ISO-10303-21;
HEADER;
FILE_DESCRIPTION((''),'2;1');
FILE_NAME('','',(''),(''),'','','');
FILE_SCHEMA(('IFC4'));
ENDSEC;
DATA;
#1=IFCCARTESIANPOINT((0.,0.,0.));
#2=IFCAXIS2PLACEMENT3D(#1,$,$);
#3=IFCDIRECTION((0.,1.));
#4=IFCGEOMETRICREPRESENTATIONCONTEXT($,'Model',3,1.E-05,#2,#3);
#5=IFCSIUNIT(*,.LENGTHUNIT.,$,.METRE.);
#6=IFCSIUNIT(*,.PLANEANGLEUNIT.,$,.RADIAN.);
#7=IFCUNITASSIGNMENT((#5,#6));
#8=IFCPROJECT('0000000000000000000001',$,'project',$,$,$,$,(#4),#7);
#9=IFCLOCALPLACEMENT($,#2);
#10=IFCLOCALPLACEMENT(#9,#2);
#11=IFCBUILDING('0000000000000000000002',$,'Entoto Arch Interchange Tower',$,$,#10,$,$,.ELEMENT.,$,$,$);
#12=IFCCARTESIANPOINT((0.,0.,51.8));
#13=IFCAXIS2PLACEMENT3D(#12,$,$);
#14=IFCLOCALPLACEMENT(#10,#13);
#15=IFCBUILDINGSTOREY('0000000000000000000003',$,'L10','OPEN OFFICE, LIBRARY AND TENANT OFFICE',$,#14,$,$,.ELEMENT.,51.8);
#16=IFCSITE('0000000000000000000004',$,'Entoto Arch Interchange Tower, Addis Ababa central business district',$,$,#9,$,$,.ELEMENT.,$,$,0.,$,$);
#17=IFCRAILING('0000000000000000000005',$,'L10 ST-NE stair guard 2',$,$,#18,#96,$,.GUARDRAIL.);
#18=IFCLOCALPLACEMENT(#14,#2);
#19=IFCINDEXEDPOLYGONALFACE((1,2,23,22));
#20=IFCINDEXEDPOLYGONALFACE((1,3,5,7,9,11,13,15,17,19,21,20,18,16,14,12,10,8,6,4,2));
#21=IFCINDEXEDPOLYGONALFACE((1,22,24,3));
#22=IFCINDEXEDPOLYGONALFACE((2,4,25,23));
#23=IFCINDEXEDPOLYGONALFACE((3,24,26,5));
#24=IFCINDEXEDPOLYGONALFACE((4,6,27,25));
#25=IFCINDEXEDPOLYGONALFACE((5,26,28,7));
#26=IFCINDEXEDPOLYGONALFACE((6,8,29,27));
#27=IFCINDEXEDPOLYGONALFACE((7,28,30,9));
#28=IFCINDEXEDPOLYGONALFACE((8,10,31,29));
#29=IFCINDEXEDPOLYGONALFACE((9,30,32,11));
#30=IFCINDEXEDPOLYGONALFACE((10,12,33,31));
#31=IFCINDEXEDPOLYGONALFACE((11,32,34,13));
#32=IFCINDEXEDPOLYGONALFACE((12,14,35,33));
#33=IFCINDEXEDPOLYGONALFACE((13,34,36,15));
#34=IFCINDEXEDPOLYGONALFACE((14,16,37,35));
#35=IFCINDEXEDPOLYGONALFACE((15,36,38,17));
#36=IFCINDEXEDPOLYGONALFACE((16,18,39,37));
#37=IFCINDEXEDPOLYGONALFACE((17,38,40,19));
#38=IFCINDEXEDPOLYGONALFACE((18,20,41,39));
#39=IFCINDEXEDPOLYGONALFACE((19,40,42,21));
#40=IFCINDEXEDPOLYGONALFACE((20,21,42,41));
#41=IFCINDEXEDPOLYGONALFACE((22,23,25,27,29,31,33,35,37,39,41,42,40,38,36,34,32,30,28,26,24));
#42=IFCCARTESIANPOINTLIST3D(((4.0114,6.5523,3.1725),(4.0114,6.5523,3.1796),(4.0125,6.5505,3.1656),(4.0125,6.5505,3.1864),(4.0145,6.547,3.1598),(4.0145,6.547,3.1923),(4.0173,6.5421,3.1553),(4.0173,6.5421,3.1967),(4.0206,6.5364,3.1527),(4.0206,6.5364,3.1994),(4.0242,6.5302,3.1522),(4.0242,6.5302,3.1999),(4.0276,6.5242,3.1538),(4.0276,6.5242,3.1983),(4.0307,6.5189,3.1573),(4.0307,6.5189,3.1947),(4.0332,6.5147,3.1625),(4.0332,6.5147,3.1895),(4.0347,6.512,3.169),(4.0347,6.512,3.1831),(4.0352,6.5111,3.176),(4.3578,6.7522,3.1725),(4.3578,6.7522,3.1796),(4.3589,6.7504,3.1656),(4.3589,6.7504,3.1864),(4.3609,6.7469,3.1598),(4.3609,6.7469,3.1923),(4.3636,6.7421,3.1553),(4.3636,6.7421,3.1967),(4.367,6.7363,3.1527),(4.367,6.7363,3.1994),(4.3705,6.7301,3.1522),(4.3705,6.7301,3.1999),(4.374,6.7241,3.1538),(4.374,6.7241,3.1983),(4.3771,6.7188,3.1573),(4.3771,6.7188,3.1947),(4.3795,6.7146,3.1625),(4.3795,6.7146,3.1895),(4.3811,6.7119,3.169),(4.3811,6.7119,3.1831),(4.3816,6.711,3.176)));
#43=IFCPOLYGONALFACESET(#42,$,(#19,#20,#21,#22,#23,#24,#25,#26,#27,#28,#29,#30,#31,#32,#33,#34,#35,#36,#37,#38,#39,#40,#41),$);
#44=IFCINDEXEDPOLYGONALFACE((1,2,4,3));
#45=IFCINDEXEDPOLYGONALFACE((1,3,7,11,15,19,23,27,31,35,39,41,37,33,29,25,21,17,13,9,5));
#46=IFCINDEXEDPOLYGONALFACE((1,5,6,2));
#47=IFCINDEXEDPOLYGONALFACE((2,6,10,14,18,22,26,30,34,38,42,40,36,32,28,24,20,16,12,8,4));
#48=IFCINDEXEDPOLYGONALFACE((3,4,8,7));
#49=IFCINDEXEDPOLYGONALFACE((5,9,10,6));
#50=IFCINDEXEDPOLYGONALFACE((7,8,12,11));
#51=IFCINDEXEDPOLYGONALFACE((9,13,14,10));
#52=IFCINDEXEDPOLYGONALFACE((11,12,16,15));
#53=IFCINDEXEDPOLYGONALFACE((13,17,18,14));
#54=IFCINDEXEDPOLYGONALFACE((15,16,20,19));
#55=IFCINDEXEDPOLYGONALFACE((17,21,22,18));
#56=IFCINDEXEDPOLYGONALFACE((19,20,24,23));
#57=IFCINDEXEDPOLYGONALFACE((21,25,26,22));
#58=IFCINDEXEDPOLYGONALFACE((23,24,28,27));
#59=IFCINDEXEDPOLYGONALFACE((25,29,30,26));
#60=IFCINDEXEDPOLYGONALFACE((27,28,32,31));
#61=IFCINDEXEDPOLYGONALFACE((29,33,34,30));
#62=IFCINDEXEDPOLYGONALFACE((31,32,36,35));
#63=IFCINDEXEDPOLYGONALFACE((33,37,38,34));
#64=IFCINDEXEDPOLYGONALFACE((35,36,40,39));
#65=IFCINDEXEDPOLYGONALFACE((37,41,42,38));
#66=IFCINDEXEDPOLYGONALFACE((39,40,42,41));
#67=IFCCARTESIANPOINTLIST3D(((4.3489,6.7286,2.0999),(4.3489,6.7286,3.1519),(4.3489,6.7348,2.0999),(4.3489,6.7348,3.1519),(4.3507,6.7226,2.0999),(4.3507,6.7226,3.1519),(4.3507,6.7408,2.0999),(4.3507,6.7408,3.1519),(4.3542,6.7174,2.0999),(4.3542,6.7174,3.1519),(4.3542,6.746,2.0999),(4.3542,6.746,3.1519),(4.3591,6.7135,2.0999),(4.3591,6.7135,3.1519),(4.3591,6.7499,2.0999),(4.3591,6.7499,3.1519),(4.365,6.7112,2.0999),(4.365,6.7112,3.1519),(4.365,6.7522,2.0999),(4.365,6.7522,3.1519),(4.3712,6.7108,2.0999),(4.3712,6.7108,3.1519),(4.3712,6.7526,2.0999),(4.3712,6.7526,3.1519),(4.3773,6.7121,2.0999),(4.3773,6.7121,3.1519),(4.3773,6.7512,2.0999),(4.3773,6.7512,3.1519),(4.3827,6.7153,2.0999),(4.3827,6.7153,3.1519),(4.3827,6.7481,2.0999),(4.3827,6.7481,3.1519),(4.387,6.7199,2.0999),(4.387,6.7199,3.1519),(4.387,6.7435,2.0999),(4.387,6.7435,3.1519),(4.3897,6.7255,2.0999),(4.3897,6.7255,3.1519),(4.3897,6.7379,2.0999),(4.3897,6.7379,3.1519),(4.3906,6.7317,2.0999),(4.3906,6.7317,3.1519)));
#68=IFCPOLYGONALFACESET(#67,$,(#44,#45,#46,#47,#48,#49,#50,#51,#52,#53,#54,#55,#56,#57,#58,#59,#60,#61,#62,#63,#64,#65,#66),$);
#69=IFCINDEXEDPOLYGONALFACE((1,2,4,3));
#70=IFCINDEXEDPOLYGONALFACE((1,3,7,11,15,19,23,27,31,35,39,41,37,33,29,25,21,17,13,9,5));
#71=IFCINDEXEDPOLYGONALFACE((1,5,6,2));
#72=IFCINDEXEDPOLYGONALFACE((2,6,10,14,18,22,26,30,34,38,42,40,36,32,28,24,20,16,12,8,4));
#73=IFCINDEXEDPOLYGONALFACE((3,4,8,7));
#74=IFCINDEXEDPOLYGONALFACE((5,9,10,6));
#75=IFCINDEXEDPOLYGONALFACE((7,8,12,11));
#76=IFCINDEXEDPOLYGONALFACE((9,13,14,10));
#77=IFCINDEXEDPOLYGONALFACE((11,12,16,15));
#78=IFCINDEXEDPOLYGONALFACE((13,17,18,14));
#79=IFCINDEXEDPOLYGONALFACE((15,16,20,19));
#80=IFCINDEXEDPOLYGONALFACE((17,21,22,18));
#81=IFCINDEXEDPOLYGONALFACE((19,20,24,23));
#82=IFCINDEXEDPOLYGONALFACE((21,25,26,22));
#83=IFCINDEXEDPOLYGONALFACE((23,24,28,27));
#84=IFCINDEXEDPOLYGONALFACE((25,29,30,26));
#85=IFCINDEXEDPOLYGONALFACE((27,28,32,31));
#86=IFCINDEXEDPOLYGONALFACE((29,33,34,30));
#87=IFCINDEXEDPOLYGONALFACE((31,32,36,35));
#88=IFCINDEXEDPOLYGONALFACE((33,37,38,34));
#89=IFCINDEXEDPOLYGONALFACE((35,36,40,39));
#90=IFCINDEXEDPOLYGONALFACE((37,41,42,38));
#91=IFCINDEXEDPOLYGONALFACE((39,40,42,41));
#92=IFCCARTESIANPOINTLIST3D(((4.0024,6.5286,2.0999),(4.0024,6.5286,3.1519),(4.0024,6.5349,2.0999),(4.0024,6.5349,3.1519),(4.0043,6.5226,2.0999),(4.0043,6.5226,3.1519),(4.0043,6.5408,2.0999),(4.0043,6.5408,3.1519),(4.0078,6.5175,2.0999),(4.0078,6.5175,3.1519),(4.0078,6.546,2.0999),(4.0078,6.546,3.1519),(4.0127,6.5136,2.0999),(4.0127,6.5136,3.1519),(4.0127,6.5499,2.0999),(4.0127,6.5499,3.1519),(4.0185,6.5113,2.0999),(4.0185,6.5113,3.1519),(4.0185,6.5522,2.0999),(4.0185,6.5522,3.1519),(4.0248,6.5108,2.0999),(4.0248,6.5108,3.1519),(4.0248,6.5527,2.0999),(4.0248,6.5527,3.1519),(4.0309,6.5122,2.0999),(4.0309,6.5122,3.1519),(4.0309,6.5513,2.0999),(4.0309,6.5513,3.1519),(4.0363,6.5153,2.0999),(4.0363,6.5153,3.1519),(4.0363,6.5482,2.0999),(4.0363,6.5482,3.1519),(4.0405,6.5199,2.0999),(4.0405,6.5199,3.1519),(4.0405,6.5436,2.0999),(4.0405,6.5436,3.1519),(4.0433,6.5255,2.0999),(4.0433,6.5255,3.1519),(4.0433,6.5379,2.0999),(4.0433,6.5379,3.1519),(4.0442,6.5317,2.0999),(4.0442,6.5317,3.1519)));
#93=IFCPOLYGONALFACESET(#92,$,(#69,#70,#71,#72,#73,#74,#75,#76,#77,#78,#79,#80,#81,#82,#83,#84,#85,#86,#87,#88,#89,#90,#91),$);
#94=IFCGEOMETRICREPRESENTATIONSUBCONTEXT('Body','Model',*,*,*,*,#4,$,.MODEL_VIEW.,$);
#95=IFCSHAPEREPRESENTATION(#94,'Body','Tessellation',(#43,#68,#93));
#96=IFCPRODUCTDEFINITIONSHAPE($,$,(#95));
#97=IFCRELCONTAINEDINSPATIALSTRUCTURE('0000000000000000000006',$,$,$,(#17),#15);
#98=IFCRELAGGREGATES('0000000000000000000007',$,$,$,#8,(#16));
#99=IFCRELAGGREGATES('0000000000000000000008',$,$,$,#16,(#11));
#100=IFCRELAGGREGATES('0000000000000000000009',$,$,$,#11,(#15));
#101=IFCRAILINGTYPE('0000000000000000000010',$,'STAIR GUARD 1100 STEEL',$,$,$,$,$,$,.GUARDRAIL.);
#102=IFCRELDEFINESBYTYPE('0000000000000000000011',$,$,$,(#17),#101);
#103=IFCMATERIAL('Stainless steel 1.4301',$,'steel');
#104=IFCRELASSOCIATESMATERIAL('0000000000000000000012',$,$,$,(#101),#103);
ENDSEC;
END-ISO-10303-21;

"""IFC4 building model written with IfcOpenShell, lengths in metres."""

from ifc_helpers import new_model, si_unit, direction, frame, origin, origin_2d, place, context, subcontext, project, spatial, circle, extrude, material, type_object, element, save


model = new_model("IFC4")

# Units and contexts
model_context = context("Model", 3, precision=1e-05, world=origin(), true_north=direction((0.0, 1.0)))
body_context = subcontext(model_context, "Body", "Model", "MODEL_VIEW")
ifc_project = project(units=[si_unit("LENGTHUNIT", "METRE"), si_unit("PLANEANGLEUNIT", "RADIAN")], contexts=[model_context])

# Site, building, storey
site_placement = place(None, origin())
site = spatial("IfcSite", under=ifc_project, at=site_placement, Name="Entoto Arch Interchange Tower, Addis Ababa central business district", CompositionType="ELEMENT", RefElevation=0.0)
building_placement = place(site_placement, origin())
building = spatial("IfcBuilding", under=site, at=building_placement, Name="Entoto Arch Interchange Tower", CompositionType="ELEMENT")
storey_placement = place(building_placement, frame((0.0, 0.0, 51.8)))
storey = spatial("IfcBuildingStorey", under=building, at=storey_placement, Name="L10", Description="OPEN OFFICE, LIBRARY AND TENANT OFFICE", CompositionType="ELEMENT", Elevation=51.8)

# Railing
ifc_material_1 = material(Name="Stainless steel 1.4301", Category="steel")
railing_type_1 = type_object("IfcRailingType", Name="STAIR GUARD 1100 STEEL", PredefinedType="GUARDRAIL", material=ifc_material_1)
railing_1_placement = place(storey_placement, frame((4.3696, 6.7317, 2.0999)))
element("IfcRailing", 1, at=railing_1_placement, inside=storey, type_object=railing_type_1, Name="L10 ST-NE stair guard 2", PredefinedType="GUARDRAIL", context=body_context, shape_type="SweptSolid", body=[
    extrude(circle(Radius=0.0239, at=origin_2d()), frame((0.0, 0.0, 1.0762), z_axis=(-0.866094, -0.499881, 0.0), x_axis=(0.499881, -0.866094, 0.0)), (0.0, 0.0, 1.0), 0.3999),
    extrude(circle(Radius=0.021, at=origin_2d()), origin(), (0.0, 0.0, 1.0), 1.052),
    extrude(circle(Radius=0.021, at=origin_2d()), frame((-0.3464, -0.2, 0.0)), (0.0, 0.0, 1.0), 1.052),
])

save(model, "model.ifc")
